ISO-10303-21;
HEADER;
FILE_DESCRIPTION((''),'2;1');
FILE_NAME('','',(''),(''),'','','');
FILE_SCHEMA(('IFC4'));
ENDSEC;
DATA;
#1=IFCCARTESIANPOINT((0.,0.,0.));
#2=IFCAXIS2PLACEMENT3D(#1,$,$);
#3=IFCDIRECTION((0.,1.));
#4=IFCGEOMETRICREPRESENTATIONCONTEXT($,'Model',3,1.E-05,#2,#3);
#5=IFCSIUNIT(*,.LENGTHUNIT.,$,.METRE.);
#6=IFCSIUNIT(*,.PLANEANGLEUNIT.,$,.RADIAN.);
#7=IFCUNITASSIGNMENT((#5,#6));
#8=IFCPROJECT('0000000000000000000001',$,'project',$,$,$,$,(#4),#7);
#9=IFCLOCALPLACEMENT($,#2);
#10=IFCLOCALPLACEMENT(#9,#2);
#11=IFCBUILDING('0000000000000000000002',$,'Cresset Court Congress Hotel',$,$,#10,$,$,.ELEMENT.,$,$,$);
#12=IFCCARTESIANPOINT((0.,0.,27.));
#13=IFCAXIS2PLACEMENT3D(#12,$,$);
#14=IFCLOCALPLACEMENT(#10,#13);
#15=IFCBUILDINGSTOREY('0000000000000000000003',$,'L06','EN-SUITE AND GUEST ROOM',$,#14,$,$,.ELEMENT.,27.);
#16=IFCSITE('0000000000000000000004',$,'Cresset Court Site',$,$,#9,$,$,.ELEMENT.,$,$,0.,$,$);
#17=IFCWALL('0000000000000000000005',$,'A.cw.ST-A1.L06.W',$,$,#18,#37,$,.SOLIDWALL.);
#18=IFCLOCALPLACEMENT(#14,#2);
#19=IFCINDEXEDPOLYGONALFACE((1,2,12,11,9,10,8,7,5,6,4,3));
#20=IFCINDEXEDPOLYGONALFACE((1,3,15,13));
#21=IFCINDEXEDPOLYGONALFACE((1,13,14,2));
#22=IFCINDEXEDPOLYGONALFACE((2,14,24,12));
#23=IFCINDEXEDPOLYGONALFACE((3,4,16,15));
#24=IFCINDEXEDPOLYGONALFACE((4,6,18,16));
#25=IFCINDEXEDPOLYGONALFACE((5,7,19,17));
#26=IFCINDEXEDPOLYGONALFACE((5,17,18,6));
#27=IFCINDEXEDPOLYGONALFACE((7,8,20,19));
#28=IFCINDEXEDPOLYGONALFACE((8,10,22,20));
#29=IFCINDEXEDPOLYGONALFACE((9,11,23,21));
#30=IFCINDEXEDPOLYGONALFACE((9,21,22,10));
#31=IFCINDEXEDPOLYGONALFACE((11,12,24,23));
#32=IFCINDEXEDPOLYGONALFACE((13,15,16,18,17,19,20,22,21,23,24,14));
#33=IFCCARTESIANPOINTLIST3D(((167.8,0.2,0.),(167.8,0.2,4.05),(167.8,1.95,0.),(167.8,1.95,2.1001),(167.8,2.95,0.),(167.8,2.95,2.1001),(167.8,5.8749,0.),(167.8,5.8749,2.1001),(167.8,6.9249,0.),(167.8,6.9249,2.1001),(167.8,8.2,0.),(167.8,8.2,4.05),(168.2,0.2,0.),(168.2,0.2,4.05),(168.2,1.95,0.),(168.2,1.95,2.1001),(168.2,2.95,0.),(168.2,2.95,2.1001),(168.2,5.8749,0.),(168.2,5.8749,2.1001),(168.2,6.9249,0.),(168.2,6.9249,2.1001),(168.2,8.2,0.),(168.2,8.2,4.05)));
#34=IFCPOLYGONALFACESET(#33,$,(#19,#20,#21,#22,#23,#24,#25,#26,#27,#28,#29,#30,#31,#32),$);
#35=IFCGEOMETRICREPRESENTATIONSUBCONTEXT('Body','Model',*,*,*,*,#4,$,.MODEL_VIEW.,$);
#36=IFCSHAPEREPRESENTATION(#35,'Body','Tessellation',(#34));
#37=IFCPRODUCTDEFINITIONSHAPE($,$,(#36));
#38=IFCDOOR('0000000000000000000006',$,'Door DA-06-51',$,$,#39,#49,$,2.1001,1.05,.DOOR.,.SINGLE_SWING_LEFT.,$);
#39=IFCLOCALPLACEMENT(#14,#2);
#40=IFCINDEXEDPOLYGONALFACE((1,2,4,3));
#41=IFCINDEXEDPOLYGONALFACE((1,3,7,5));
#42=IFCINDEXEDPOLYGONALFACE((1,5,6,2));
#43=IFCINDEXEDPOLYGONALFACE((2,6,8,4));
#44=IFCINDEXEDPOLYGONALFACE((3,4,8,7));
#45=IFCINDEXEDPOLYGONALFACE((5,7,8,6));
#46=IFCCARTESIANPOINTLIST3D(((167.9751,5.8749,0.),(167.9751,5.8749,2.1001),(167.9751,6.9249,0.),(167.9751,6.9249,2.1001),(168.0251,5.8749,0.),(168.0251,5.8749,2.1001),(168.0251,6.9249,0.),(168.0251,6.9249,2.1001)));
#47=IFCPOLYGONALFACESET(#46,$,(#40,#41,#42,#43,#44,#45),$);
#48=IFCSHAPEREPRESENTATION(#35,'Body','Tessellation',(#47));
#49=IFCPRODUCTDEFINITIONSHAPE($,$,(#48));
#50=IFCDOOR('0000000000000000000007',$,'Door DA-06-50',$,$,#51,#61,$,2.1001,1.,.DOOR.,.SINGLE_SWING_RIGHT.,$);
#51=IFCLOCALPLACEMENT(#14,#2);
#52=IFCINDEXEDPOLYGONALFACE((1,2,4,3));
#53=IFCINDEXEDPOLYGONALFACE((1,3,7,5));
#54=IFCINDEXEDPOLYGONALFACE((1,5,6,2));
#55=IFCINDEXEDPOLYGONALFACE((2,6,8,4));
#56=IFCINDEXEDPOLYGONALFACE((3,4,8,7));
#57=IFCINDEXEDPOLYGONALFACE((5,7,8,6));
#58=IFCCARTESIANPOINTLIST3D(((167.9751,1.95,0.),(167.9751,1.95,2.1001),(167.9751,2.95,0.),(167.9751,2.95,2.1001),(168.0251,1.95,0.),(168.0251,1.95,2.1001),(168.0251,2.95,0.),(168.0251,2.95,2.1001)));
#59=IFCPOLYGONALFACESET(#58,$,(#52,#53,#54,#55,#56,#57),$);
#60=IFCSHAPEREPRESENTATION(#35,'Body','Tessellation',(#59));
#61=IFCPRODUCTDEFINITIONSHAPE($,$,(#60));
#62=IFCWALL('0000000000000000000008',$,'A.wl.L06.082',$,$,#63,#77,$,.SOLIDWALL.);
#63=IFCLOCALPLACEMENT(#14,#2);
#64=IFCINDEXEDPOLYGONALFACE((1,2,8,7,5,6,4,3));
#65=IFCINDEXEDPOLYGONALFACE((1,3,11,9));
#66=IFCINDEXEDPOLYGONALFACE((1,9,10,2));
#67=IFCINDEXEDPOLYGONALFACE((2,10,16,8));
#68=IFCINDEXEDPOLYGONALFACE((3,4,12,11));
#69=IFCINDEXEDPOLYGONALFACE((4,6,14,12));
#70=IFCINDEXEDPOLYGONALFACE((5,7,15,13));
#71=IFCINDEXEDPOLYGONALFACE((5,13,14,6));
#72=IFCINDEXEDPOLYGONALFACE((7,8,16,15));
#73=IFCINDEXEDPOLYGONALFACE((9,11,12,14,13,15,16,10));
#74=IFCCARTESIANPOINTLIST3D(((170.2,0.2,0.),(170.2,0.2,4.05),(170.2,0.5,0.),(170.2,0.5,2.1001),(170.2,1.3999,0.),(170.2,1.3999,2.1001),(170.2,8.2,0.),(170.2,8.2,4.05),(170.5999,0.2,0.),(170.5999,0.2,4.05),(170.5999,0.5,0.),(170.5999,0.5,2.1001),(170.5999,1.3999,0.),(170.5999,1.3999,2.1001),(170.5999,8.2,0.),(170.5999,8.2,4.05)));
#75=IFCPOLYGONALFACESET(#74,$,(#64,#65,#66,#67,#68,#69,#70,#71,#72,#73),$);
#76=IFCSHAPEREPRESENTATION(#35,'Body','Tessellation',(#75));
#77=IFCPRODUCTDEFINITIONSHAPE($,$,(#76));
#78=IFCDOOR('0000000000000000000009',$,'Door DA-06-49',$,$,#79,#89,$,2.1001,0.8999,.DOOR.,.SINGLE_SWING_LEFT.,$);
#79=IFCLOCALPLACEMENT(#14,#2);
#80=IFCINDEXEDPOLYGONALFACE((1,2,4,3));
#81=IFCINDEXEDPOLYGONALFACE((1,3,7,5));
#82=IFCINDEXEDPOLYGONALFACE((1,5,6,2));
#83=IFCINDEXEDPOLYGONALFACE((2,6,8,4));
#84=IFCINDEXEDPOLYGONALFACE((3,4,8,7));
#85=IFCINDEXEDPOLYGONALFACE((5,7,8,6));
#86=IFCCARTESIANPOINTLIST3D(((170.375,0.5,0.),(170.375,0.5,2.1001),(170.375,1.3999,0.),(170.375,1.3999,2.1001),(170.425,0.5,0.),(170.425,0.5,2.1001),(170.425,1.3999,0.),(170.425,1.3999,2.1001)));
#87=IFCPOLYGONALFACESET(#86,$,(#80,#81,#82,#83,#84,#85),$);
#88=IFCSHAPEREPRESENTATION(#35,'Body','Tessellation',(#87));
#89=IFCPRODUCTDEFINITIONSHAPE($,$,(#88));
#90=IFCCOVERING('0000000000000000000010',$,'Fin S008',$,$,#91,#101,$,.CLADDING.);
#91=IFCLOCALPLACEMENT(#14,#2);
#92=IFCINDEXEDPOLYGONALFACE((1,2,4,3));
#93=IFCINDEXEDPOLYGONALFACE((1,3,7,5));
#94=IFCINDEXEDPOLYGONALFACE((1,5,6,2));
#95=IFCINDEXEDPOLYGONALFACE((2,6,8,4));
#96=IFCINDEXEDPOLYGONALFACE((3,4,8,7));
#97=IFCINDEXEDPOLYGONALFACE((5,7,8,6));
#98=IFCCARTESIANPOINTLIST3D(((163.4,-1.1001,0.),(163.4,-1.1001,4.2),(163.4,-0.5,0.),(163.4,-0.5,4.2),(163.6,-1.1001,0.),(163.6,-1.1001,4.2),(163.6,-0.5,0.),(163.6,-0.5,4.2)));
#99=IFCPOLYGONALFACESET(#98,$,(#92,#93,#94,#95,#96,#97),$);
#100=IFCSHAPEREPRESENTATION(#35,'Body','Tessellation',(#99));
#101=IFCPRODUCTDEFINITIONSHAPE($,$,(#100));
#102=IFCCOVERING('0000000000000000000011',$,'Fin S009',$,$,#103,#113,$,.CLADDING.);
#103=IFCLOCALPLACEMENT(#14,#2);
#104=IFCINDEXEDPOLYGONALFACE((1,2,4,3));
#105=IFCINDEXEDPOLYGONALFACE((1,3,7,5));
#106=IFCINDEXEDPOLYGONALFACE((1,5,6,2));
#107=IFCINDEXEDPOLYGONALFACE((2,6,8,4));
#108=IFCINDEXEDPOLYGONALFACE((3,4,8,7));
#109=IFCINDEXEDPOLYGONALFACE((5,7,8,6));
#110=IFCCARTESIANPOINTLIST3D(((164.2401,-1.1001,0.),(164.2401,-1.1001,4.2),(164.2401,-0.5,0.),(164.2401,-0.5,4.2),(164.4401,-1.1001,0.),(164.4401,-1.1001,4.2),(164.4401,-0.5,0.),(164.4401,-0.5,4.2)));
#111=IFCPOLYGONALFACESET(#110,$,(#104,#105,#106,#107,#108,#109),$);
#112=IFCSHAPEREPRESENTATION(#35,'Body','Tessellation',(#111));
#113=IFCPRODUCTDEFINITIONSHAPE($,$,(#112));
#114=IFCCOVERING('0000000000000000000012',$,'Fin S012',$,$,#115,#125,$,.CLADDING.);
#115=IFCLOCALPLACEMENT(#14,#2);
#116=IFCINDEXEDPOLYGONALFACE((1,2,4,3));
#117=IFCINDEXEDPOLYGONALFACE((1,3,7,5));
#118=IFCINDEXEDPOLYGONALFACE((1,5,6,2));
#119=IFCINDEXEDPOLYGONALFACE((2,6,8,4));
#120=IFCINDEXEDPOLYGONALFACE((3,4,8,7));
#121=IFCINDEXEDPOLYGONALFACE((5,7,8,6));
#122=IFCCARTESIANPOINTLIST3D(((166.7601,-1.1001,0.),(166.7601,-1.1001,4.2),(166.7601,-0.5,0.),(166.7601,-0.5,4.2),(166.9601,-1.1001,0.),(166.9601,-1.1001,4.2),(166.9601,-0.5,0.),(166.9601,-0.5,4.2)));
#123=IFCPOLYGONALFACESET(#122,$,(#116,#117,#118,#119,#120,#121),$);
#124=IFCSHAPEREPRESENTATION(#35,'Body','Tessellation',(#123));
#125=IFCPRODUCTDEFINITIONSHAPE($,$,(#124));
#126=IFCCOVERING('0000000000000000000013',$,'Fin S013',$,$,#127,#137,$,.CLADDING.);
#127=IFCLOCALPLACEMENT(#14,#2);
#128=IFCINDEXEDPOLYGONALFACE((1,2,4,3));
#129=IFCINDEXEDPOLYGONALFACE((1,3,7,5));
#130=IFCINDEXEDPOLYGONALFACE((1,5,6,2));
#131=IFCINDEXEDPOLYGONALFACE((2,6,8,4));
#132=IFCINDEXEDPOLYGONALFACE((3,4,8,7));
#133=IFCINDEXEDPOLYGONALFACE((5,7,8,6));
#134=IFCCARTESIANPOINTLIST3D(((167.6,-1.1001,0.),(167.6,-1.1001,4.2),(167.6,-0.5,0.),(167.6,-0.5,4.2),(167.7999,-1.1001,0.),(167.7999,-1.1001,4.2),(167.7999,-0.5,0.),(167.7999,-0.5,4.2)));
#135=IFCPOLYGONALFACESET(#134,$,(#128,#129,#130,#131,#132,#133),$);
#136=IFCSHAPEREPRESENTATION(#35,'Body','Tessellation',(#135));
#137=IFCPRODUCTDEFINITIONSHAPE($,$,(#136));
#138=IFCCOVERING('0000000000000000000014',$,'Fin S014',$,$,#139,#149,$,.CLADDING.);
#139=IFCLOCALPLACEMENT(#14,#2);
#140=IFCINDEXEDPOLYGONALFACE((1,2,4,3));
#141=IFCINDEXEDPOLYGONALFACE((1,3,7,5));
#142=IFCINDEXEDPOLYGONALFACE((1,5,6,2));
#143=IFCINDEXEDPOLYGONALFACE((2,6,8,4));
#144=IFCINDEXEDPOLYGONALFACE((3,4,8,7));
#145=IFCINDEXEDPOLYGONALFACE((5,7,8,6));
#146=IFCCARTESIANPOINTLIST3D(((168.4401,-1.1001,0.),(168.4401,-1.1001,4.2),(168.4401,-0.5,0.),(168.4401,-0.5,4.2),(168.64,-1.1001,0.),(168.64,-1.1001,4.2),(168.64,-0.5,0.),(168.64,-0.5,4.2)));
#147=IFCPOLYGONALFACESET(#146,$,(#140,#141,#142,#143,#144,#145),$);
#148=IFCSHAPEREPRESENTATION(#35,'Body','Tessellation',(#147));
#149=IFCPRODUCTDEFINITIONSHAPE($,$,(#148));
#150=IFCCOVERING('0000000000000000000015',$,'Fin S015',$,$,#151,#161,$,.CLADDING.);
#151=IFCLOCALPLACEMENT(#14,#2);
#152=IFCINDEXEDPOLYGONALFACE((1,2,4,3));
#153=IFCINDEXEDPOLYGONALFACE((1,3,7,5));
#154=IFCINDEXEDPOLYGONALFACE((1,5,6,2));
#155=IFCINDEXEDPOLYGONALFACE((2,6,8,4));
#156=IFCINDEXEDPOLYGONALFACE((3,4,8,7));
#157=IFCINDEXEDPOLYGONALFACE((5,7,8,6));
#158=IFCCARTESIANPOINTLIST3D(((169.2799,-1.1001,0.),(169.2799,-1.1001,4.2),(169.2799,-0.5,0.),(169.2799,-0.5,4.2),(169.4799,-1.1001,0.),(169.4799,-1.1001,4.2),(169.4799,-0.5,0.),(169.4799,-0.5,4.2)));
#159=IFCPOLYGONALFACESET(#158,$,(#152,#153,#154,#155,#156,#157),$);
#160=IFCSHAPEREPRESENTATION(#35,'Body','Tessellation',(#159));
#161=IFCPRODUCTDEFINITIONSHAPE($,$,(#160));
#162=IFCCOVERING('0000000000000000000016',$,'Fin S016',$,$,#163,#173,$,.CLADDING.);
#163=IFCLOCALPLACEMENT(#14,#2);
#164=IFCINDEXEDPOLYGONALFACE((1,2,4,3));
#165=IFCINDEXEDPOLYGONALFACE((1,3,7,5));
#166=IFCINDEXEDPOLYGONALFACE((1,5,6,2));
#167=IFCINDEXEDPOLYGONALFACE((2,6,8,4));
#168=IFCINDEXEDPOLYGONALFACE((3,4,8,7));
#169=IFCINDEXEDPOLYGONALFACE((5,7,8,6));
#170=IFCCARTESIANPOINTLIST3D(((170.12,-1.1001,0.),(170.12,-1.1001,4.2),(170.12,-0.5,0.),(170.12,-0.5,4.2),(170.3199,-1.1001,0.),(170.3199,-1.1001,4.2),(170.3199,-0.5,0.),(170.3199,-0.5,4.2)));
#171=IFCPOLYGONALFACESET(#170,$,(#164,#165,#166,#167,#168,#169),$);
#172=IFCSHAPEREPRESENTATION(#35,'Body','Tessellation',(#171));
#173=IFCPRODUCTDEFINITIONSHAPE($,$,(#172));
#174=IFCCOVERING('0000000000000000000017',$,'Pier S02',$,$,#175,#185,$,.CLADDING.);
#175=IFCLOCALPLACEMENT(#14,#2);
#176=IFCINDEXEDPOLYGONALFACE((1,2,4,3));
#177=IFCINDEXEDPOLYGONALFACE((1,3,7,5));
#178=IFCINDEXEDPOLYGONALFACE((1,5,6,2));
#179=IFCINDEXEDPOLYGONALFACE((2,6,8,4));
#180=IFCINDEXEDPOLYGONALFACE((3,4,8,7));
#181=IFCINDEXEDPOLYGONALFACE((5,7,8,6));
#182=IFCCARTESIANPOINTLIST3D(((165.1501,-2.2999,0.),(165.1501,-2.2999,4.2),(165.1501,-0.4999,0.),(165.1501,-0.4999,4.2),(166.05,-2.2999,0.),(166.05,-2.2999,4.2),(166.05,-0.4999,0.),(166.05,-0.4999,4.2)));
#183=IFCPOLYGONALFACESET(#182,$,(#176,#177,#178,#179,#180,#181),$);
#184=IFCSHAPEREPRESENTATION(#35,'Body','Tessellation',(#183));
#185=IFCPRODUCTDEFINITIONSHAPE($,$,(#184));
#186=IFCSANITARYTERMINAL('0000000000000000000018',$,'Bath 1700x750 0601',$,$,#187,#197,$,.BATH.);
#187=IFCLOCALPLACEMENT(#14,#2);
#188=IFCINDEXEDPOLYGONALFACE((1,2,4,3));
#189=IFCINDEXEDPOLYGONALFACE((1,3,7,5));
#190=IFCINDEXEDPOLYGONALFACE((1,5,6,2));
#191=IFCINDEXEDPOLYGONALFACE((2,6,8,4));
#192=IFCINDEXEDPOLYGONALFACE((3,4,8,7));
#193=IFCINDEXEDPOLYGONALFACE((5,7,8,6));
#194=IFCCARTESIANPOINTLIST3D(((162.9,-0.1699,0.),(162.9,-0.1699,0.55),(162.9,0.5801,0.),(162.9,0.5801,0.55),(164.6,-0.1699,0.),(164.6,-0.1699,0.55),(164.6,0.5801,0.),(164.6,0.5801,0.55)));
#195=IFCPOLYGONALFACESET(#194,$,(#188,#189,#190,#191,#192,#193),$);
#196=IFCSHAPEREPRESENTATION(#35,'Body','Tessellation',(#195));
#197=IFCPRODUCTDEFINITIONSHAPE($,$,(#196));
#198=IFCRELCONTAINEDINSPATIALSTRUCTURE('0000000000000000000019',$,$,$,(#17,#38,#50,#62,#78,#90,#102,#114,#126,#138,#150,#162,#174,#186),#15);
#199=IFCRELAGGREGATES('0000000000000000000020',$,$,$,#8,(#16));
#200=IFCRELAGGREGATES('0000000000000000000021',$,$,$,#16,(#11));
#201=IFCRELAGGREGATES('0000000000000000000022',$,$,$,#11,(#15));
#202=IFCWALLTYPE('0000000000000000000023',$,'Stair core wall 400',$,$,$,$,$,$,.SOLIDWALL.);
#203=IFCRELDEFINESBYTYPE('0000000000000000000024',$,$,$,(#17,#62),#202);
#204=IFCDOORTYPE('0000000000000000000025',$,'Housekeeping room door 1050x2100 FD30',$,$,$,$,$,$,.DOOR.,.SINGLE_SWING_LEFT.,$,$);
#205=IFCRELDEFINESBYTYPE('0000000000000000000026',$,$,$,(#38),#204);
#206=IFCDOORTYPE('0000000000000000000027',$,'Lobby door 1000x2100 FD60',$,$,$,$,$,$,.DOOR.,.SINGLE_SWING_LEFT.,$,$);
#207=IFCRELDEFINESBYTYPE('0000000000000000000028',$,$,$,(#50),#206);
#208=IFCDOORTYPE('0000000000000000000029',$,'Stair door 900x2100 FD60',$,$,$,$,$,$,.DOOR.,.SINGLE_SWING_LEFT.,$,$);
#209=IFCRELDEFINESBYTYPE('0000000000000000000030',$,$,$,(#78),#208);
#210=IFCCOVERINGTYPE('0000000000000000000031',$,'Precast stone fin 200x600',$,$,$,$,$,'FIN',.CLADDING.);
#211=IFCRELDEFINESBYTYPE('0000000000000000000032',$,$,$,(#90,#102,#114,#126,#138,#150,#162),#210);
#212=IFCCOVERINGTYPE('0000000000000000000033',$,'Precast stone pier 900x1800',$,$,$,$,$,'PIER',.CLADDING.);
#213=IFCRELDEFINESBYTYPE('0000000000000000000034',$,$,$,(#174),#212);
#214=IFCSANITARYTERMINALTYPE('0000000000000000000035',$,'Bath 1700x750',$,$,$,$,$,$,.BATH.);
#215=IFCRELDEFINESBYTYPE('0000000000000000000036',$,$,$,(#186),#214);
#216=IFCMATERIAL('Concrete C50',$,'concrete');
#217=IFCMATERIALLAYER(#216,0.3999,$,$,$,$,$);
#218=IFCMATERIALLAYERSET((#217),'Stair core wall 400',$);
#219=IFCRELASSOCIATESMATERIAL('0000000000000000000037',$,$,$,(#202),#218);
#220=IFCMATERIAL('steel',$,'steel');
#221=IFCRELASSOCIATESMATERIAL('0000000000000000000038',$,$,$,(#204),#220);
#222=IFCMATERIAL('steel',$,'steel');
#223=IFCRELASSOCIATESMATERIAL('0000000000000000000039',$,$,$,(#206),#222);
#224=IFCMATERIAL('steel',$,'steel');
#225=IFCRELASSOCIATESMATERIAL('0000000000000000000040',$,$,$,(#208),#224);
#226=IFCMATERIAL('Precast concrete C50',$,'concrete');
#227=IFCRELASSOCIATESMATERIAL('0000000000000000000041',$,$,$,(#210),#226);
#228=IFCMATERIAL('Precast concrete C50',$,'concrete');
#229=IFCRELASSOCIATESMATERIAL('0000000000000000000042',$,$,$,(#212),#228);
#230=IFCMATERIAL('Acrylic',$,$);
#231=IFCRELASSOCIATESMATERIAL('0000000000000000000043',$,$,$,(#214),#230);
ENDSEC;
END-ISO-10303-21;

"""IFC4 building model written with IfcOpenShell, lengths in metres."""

from ifc_helpers import new_model, si_unit, direction, frame, frame_2d, origin, origin_2d, place, context, subcontext, project, spatial, rectangle, extrude, material, layer, layer_set, type_object, element, fill, save


model = new_model("IFC4")

# Units and contexts
model_context = context("Model", 3, precision=1e-05, world=origin(), true_north=direction((0.0, 1.0)))
body_context = subcontext(model_context, "Body", "Model", "MODEL_VIEW")
ifc_project = project(units=[si_unit("LENGTHUNIT", "METRE"), si_unit("PLANEANGLEUNIT", "RADIAN")], contexts=[model_context])

# Site, building, storey
site_placement = place(None, origin())
site = spatial("IfcSite", under=ifc_project, at=site_placement, Name="Cresset Court Site", CompositionType="ELEMENT", RefElevation=0.0)
building_placement = place(site_placement, origin())
building = spatial("IfcBuilding", under=site, at=building_placement, Name="Cresset Court Congress Hotel", CompositionType="ELEMENT")
storey_placement = place(building_placement, frame((0.0, 0.0, 27.0)))
storey = spatial("IfcBuildingStorey", under=building, at=storey_placement, Name="L06", Description="EN-SUITE AND GUEST ROOM", CompositionType="ELEMENT", Elevation=27.0)

# Shared definitions
ifc_material_1 = material(Name="Concrete C50", Category="concrete")
ifc_layer_1 = layer(ifc_material_1, 0.3999)
ifc_layer_set_1 = layer_set([ifc_layer_1], Name="Stair core wall 400")
wall_type_1 = type_object("IfcWallType", Name="Stair core wall 400", PredefinedType="SOLIDWALL", material=ifc_layer_set_1)

# Wall, openings, doors
wall_1_placement = place(storey_placement, frame((168.0, 0.2, 0.0), z_axis=(0.0, 0.0, 1.0), x_axis=(0.0, 1.0, 0.0)))
wall_1 = element("IfcWall", 1, at=wall_1_placement, inside=storey, type_object=wall_type_1, Name="A.cw.ST-A1.L06.W", PredefinedType="SOLIDWALL", context=body_context, shape_type="SweptSolid", body=[
    extrude(rectangle(XDim=8.0, YDim=0.3999, at=frame_2d((4.0, 0.0))), origin(), (0.0, 0.0, 1.0), 4.05),
])
opening_1_placement = place(wall_1_placement, frame((1.75, 0.0, 0.0)))
opening_1 = element("IfcOpeningElement", 2, at=opening_1_placement, cuts=wall_1, PredefinedType="OPENING", context=body_context, shape_type="SweptSolid", body=[
    extrude(rectangle(XDim=1.0, YDim=2.1001, at=frame_2d((0.5, 1.05))), frame((0.0, 0.21, 0.0), z_axis=(0.0, -1.0, 0.0), x_axis=(1.0, 0.0, 0.0)), (0.0, 0.0, 1.0), 0.4199),
])
opening_2_placement = place(wall_1_placement, frame((5.675, 0.0, 0.0)))
opening_2 = element("IfcOpeningElement", 3, at=opening_2_placement, cuts=wall_1, PredefinedType="OPENING", context=body_context, shape_type="SweptSolid", body=[
    extrude(rectangle(XDim=1.05, YDim=2.1001, at=frame_2d((0.5249, 1.05))), frame((0.0, 0.21, 0.0), z_axis=(0.0, -1.0, 0.0), x_axis=(1.0, 0.0, 0.0)), (0.0, 0.0, 1.0), 0.4199),
])
ifc_material_2 = material(Name="steel", Category="steel")
door_type_1 = type_object("IfcDoorType", Name="Housekeeping room door 1050x2100 FD30", OperationType="SINGLE_SWING_LEFT", PredefinedType="DOOR", material=ifc_material_2)
door_1_placement = place(opening_2_placement, origin())
door_1 = element("IfcDoor", 4, at=door_1_placement, inside=storey, type_object=door_type_1, Name="Door DA-06-51", OperationType="SINGLE_SWING_LEFT", OverallHeight=2.1001, OverallWidth=1.05, PredefinedType="DOOR", context=body_context, shape_type="SweptSolid", body=[
    extrude(rectangle(XDim=1.05, YDim=2.1001, at=frame_2d((0.5249, 1.05))), frame((0.0, 0.0249, 0.0), z_axis=(0.0, -1.0, 0.0), x_axis=(1.0, 0.0, 0.0)), (0.0, 0.0, 1.0), 0.05),
])
fill(opening_2, door_1)
ifc_material_3 = material(Name="steel", Category="steel")
door_type_2 = type_object("IfcDoorType", Name="Lobby door 1000x2100 FD60", OperationType="SINGLE_SWING_LEFT", PredefinedType="DOOR", material=ifc_material_3)
door_2_placement = place(opening_1_placement, origin())
door_2 = element("IfcDoor", 5, at=door_2_placement, inside=storey, type_object=door_type_2, Name="Door DA-06-50", OperationType="SINGLE_SWING_RIGHT", OverallHeight=2.1001, OverallWidth=1.0, PredefinedType="DOOR", context=body_context, shape_type="SweptSolid", body=[
    extrude(rectangle(XDim=1.0, YDim=2.1001, at=frame_2d((0.5, 1.05))), frame((0.0, 0.0249, 0.0), z_axis=(0.0, -1.0, 0.0), x_axis=(1.0, 0.0, 0.0)), (0.0, 0.0, 1.0), 0.05),
])
fill(opening_1, door_2)

# Wall, opening, door
wall_2_placement = place(storey_placement, frame((170.3999, 0.2, 0.0), z_axis=(0.0, 0.0, 1.0), x_axis=(0.0, 1.0, 0.0)))
wall_2 = element("IfcWall", 6, at=wall_2_placement, inside=storey, type_object=wall_type_1, Name="A.wl.L06.082", PredefinedType="SOLIDWALL", context=body_context, shape_type="SweptSolid", body=[
    extrude(rectangle(XDim=8.0, YDim=0.3999, at=frame_2d((4.0, 0.0))), origin(), (0.0, 0.0, 1.0), 4.05),
])
opening_3_placement = place(wall_2_placement, frame((0.3, 0.0, 0.0)))
opening_3 = element("IfcOpeningElement", 7, at=opening_3_placement, cuts=wall_2, PredefinedType="OPENING", context=body_context, shape_type="SweptSolid", body=[
    extrude(rectangle(XDim=0.8999, YDim=2.1001, at=frame_2d((0.45, 1.05))), frame((0.0, 0.21, 0.0), z_axis=(0.0, -1.0, 0.0), x_axis=(1.0, 0.0, 0.0)), (0.0, 0.0, 1.0), 0.4199),
])
ifc_material_4 = material(Name="steel", Category="steel")
door_type_3 = type_object("IfcDoorType", Name="Stair door 900x2100 FD60", OperationType="SINGLE_SWING_LEFT", PredefinedType="DOOR", material=ifc_material_4)
door_3_placement = place(opening_3_placement, origin())
door_3 = element("IfcDoor", 8, at=door_3_placement, inside=storey, type_object=door_type_3, Name="Door DA-06-49", OperationType="SINGLE_SWING_LEFT", OverallHeight=2.1001, OverallWidth=0.8999, PredefinedType="DOOR", context=body_context, shape_type="SweptSolid", body=[
    extrude(rectangle(XDim=0.8999, YDim=2.1001, at=frame_2d((0.45, 1.05))), frame((0.0, 0.0249, 0.0), z_axis=(0.0, -1.0, 0.0), x_axis=(1.0, 0.0, 0.0)), (0.0, 0.0, 1.0), 0.05),
])
fill(opening_3, door_3)

# Coverings
ifc_material_5 = material(Name="Precast concrete C50", Category="concrete")
covering_type_1 = type_object("IfcCoveringType", Name="Precast stone fin 200x600", ElementType="FIN", PredefinedType="CLADDING", material=ifc_material_5)
for number, where, z_axis, x_axis, name in (
    (9, (163.5, -0.8, 0.0), (0.0, 0.0, 1.0), (1.0, 0.0, 0.0), "Fin S008"),
    (10, (164.3401, -0.8, 0.0), (0.0, 0.0, 1.0), (1.0, 0.0, 0.0), "Fin S009"),
    (11, (166.8601, -0.8, 0.0), (0.0, 0.0, 1.0), (1.0, 0.0, 0.0), "Fin S012"),
    (12, (167.7, -0.8, 0.0), (0.0, 0.0, 1.0), (1.0, 0.0, 0.0), "Fin S013"),
    (13, (168.54, -0.8, 0.0), (0.0, 0.0, 1.0), (1.0, 0.0, 0.0), "Fin S014"),
    (14, (169.3799, -0.8, 0.0), (0.0, 0.0, 1.0), (1.0, 0.0, 0.0), "Fin S015"),
    (15, (170.22, -0.8, 0.0), (0.0, 0.0, 1.0), (1.0, 0.0, 0.0), "Fin S016"),
):
    element("IfcCovering", number, at=place(storey_placement, frame(where, z_axis=z_axis, x_axis=x_axis)), inside=storey, type_object=covering_type_1, Name=name, PredefinedType="CLADDING", context=body_context, shape_type="SweptSolid", body=[
        extrude(rectangle(XDim=0.2, YDim=0.6001, at=origin_2d()), origin(), (0.0, 0.0, 1.0), 4.2),
    ])
ifc_material_6 = material(Name="Precast concrete C50", Category="concrete")
covering_type_2 = type_object("IfcCoveringType", Name="Precast stone pier 900x1800", ElementType="PIER", PredefinedType="CLADDING", material=ifc_material_6)
covering_placement = place(storey_placement, frame((165.6001, -1.3999, 0.0), z_axis=(0.0, 0.0, 1.0), x_axis=(1.0, 0.0, 0.0)))
element("IfcCovering", 16, at=covering_placement, inside=storey, type_object=covering_type_2, Name="Pier S02", PredefinedType="CLADDING", context=body_context, shape_type="SweptSolid", body=[
    extrude(rectangle(XDim=0.8999, YDim=1.8, at=origin_2d()), origin(), (0.0, 0.0, 1.0), 4.2),
])

# Sanitary terminal
ifc_material_7 = material(Name="Acrylic")
sanitary_terminal_type_1 = type_object("IfcSanitaryTerminalType", Name="Bath 1700x750", PredefinedType="BATH", material=ifc_material_7)
sanitary_terminal_1_placement = place(storey_placement, frame((163.75, 0.2051, 0.0), z_axis=(0.0, 0.0, 1.0), x_axis=(1.0, 0.0, 0.0)))
element("IfcSanitaryTerminal", 17, at=sanitary_terminal_1_placement, inside=storey, type_object=sanitary_terminal_type_1, Name="Bath 1700x750 0601", PredefinedType="BATH", context=body_context, shape_type="SweptSolid", body=[
    extrude(rectangle(XDim=1.7, YDim=0.75, at=origin_2d()), origin(), (0.0, 0.0, 1.0), 0.55),
])

save(model, "model.ifc")
